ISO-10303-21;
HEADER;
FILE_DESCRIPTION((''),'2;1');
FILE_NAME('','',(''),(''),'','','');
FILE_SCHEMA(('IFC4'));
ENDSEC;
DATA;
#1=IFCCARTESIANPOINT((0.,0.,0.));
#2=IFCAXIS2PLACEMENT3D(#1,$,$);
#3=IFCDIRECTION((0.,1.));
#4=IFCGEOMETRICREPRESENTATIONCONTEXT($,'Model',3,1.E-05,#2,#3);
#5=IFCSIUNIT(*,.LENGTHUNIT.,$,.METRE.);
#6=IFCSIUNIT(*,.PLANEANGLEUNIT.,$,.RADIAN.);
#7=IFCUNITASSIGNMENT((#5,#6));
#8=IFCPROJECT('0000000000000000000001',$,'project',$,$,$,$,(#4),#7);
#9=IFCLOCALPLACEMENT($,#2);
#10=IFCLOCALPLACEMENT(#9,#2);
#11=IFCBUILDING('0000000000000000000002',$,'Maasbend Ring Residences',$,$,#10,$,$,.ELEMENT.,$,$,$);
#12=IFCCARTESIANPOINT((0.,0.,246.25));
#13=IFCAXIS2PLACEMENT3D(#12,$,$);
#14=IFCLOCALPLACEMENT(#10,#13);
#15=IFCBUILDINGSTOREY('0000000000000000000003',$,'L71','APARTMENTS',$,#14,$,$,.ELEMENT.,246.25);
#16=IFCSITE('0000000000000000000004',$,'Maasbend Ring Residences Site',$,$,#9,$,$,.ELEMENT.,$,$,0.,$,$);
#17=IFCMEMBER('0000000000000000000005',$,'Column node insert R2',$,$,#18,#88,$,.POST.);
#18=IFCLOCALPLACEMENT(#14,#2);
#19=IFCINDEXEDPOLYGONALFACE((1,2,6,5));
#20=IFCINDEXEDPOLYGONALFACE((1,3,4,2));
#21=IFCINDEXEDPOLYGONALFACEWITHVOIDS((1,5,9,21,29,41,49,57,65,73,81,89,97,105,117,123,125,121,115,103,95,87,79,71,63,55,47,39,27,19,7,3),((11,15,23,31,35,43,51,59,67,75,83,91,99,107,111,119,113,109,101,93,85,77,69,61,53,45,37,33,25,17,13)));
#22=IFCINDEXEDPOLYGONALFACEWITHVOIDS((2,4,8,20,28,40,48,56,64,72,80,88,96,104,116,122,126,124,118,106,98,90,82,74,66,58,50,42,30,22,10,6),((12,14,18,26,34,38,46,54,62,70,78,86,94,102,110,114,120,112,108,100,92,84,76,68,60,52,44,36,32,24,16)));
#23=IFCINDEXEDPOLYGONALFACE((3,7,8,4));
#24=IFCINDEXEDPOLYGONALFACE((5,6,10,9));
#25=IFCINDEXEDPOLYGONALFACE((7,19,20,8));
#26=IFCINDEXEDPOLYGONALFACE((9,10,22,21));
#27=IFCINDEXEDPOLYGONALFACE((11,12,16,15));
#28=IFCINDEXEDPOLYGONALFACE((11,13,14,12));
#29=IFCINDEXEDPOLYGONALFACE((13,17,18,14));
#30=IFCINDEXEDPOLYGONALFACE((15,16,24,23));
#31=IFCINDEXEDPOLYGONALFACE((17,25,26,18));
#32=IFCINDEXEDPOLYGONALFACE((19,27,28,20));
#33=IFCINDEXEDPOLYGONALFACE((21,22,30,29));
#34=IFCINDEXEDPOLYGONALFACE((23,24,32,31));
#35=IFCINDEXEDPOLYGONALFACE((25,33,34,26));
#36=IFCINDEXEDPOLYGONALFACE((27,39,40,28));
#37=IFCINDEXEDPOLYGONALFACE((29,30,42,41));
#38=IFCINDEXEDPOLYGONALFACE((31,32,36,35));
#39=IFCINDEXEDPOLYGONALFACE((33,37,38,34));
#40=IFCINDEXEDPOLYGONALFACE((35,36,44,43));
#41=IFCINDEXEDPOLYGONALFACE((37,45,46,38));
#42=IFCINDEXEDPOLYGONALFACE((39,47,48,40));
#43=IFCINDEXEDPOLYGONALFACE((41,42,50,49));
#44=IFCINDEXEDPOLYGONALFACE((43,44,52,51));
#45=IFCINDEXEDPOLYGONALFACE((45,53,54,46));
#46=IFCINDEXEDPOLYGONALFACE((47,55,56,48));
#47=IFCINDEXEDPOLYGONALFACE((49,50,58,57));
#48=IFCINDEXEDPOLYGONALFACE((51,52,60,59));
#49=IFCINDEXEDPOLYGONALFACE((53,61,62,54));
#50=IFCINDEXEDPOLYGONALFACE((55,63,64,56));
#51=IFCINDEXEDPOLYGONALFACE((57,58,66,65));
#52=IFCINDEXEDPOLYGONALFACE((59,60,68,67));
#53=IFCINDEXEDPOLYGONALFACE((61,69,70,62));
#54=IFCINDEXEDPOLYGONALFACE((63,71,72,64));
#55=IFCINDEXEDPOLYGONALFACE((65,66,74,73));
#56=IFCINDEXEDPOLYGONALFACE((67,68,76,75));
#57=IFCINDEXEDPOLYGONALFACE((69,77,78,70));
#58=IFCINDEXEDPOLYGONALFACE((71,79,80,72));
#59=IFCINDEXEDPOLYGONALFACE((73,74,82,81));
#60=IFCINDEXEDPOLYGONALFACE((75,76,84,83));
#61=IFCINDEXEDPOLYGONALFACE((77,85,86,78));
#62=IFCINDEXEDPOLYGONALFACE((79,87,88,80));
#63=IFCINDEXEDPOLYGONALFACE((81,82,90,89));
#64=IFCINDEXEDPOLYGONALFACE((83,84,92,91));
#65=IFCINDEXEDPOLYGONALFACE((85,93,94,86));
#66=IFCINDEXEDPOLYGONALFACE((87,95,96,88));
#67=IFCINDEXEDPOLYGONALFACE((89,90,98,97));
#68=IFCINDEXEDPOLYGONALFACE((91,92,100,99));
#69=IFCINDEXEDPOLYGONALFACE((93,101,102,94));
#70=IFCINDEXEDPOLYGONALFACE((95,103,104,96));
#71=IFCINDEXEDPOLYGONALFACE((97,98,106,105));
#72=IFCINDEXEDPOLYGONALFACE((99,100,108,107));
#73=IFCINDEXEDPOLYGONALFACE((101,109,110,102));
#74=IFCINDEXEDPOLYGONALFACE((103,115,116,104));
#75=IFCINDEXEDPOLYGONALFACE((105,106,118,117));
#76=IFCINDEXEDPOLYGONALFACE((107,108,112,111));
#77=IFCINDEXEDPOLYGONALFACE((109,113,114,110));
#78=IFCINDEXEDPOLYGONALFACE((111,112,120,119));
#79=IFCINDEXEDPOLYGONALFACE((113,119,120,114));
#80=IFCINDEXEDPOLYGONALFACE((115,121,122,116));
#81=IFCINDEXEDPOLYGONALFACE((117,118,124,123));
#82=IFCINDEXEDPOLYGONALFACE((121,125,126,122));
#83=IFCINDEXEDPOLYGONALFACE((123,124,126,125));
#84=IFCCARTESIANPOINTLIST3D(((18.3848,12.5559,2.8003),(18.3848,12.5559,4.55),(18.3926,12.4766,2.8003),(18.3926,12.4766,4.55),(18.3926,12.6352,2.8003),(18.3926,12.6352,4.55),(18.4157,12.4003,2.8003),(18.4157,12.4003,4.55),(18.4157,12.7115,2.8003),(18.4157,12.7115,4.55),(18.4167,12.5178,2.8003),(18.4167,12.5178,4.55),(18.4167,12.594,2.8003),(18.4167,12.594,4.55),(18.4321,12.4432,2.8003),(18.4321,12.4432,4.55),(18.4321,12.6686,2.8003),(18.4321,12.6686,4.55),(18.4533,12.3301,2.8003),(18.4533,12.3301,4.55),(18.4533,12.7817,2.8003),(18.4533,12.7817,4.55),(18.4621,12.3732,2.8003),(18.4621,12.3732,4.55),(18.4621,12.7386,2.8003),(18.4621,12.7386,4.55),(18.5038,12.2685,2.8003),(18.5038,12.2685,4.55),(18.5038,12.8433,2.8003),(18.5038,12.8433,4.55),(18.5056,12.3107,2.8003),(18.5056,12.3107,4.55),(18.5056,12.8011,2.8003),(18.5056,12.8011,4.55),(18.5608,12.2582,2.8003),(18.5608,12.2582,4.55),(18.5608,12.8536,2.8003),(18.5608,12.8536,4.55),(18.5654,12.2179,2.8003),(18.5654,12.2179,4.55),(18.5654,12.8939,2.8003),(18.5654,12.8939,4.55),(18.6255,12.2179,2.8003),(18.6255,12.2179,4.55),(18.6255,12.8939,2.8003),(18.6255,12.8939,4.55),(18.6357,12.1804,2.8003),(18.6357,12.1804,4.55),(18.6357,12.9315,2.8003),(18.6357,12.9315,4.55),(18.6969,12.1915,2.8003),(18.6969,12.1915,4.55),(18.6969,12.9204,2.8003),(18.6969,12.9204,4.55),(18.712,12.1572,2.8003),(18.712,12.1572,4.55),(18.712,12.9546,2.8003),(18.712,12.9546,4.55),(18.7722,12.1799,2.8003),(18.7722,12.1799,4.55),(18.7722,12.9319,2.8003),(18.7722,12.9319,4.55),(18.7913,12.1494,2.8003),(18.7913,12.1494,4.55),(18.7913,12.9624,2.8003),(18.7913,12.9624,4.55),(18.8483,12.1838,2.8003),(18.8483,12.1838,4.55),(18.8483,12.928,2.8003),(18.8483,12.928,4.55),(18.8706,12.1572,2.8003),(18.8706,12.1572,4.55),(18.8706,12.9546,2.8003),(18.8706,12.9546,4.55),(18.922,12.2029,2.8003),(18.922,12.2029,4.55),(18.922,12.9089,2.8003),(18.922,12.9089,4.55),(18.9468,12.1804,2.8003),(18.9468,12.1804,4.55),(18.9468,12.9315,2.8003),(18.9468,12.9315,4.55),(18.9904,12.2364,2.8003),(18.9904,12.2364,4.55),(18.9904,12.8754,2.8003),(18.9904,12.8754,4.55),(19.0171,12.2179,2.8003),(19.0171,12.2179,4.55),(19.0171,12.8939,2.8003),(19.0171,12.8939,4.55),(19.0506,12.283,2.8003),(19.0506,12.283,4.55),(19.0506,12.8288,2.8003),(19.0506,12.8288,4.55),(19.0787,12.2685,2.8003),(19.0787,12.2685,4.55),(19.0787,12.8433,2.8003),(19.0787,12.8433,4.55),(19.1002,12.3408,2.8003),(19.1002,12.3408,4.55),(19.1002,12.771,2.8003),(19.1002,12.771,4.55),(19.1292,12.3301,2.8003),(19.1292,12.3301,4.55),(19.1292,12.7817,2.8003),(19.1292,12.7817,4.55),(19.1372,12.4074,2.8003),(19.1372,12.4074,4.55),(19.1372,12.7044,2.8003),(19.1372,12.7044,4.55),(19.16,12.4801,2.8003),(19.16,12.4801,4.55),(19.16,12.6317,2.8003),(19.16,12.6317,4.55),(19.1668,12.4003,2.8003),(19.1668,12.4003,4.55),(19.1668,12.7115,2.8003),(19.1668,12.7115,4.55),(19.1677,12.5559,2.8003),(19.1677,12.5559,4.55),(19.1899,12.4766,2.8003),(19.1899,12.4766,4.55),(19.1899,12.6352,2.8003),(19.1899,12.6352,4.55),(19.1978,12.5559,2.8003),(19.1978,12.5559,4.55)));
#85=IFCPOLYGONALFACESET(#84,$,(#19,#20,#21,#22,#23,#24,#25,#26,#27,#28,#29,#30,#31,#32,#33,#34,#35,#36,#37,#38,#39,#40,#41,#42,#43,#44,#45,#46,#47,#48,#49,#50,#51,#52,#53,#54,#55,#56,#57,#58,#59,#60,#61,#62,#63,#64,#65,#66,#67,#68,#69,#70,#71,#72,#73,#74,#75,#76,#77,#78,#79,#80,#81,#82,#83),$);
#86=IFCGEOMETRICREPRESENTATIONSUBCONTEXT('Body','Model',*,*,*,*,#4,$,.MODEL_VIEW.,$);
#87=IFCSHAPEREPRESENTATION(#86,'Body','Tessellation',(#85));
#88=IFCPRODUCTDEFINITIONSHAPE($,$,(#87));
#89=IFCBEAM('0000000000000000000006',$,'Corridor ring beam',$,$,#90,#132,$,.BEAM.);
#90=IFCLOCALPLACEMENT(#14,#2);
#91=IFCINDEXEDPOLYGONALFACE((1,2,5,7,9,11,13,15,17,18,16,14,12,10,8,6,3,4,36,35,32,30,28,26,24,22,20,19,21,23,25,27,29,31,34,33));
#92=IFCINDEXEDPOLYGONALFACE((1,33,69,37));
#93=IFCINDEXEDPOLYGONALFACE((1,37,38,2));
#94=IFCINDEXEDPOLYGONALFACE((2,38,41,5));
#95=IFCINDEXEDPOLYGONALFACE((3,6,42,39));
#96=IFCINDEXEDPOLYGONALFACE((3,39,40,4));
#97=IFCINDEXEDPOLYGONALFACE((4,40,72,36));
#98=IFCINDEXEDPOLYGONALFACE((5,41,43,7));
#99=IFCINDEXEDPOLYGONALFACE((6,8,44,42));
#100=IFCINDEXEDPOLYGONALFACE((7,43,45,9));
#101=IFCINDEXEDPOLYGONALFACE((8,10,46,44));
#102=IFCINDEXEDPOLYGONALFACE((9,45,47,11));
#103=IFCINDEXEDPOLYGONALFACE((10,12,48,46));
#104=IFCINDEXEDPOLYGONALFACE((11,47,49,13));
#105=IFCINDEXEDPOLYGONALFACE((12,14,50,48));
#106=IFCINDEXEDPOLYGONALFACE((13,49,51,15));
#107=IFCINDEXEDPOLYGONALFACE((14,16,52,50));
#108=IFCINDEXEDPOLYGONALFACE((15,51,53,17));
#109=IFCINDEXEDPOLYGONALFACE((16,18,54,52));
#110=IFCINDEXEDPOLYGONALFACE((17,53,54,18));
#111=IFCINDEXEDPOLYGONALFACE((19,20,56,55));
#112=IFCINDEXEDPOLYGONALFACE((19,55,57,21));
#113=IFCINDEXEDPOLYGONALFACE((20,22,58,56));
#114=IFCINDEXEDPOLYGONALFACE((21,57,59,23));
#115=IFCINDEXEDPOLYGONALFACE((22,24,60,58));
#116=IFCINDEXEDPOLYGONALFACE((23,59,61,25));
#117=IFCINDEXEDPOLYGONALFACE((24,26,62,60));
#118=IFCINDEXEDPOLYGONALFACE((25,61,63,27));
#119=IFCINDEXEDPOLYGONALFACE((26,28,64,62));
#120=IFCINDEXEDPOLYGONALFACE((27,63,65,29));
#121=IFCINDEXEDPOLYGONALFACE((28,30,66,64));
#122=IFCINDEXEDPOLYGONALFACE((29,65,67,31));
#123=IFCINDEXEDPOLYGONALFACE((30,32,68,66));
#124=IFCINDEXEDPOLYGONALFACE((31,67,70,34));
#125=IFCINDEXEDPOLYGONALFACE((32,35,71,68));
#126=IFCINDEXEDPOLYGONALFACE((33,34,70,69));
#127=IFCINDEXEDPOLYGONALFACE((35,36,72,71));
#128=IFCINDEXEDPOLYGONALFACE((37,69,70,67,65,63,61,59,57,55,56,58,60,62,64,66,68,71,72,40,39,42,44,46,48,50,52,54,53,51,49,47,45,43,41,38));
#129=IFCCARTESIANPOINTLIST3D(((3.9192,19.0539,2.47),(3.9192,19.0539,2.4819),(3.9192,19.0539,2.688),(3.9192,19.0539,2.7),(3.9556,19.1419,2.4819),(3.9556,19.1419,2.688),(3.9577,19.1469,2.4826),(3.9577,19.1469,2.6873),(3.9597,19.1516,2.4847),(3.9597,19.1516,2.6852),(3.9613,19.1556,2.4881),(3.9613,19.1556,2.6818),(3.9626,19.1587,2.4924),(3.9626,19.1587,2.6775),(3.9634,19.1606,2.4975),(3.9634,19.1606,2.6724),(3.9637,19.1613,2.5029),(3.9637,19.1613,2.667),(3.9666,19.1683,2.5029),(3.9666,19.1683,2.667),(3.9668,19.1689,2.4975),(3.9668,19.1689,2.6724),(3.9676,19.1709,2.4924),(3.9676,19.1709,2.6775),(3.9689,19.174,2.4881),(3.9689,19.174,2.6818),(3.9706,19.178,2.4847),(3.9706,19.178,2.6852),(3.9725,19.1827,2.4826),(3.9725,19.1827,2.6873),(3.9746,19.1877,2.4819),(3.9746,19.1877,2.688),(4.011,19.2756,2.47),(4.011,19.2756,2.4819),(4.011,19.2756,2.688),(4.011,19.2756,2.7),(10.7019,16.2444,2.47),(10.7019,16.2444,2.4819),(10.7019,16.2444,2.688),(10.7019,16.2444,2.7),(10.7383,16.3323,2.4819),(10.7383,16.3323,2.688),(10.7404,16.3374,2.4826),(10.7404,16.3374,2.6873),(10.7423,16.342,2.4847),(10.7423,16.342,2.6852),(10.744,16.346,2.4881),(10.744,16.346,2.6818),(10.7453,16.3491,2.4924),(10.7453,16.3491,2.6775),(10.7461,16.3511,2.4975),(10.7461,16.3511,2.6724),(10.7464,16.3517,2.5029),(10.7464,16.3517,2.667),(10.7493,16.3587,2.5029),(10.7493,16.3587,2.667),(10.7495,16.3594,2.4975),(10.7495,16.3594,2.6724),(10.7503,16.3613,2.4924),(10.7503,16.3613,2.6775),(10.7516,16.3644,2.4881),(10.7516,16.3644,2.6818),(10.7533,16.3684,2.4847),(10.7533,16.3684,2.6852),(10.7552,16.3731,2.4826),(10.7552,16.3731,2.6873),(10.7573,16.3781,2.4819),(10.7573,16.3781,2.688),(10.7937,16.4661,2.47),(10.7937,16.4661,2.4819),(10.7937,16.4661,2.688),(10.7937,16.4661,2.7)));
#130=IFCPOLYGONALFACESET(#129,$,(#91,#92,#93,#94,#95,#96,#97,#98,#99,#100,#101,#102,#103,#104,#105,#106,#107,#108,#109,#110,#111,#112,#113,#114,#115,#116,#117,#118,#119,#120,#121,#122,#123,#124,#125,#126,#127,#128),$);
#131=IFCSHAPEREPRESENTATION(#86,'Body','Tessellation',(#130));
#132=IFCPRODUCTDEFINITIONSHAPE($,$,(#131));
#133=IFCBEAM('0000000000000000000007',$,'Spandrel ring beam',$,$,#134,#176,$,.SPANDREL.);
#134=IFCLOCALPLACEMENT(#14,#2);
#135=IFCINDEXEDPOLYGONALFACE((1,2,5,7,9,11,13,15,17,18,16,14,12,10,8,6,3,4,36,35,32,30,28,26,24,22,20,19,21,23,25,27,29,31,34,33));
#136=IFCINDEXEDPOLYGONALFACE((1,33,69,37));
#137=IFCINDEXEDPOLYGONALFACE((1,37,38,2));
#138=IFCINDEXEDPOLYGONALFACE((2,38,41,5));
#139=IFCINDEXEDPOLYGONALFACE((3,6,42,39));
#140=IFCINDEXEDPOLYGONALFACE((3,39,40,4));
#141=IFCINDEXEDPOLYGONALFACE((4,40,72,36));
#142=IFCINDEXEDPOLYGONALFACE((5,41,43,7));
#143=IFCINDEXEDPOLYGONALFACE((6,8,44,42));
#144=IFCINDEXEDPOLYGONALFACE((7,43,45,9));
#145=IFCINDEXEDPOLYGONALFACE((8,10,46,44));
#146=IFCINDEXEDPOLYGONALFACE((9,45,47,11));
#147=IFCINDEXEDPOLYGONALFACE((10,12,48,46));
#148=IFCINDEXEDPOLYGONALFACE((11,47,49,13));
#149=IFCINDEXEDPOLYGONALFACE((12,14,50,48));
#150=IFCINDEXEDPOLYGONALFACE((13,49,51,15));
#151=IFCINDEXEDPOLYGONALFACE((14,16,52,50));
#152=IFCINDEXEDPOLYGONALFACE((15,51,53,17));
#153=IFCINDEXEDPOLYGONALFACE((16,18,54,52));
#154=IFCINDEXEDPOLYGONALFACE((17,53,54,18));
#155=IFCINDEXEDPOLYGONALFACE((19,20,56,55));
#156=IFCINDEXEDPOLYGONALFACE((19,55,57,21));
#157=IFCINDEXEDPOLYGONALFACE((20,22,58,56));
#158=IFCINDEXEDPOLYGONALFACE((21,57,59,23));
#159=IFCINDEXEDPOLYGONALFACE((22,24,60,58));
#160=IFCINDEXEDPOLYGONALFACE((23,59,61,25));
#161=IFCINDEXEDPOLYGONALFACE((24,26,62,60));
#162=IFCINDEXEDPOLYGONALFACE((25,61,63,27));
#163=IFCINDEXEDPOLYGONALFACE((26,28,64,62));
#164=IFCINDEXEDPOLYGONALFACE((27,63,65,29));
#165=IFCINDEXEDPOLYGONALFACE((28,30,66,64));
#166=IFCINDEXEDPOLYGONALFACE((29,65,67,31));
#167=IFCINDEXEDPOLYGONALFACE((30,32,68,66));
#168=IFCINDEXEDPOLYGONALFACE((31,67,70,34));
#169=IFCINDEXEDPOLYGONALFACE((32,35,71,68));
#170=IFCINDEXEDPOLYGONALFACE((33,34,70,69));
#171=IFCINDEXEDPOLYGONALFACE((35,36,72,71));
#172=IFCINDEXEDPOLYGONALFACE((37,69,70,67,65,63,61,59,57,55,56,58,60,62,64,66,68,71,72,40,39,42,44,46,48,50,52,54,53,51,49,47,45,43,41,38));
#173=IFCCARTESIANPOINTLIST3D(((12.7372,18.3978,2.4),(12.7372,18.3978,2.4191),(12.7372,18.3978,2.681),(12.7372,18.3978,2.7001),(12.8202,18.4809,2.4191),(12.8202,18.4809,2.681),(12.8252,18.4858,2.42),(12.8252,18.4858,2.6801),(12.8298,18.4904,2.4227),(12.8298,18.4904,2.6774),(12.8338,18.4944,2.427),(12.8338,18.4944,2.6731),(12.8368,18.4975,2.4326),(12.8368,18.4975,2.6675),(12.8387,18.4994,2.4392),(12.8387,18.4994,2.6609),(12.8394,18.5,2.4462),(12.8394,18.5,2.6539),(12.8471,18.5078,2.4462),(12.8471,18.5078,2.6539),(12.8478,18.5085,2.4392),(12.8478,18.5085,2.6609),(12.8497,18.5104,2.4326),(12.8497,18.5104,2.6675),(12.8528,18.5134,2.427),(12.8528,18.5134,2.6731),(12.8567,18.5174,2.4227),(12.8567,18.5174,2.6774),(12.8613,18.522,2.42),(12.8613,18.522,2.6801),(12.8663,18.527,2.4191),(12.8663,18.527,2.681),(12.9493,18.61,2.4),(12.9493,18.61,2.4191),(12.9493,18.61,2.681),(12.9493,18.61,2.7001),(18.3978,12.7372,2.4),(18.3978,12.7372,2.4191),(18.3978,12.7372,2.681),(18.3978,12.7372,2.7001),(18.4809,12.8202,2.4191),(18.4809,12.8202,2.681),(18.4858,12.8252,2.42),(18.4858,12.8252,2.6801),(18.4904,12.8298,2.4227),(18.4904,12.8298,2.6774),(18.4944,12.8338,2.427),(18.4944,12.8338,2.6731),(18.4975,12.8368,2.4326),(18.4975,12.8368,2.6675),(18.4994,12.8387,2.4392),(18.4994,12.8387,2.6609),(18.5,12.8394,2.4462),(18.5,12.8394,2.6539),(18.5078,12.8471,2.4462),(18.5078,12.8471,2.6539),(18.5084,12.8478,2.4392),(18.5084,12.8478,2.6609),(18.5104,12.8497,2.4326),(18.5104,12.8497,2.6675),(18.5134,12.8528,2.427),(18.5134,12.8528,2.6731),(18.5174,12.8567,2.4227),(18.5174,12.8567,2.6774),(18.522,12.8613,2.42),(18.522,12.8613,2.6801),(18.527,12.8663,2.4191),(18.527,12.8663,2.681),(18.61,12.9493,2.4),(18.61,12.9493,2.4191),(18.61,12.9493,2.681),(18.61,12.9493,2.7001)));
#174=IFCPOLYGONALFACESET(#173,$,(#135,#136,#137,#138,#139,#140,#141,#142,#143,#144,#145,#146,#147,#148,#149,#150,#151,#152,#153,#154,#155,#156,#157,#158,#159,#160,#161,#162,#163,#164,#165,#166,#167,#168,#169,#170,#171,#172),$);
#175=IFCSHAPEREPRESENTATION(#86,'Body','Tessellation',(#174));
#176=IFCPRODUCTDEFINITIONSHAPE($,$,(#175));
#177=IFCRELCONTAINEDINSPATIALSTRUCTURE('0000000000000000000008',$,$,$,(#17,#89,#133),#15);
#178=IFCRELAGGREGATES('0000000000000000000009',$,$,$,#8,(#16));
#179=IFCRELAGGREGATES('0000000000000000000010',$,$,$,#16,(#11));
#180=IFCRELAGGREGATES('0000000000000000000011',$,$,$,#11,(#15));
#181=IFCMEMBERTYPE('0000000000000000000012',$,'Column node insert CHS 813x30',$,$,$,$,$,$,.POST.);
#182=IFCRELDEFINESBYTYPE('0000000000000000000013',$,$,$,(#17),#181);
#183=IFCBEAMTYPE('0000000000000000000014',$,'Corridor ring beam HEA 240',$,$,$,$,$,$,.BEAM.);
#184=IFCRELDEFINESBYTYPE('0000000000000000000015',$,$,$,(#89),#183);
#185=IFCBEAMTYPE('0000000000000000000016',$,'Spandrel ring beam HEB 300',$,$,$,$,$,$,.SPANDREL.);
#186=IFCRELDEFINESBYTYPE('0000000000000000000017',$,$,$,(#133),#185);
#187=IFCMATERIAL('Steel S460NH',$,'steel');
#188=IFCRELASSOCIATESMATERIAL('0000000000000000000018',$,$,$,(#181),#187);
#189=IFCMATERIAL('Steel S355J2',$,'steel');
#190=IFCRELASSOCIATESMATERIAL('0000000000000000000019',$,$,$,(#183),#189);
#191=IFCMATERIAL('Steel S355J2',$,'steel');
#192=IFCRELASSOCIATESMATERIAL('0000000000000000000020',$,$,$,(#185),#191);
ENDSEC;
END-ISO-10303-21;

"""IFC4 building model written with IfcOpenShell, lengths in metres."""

from ifc_helpers import new_model, si_unit, direction, frame, origin, origin_2d, place, context, subcontext, project, spatial, hollow_circle, i_section, extrude, material, material_profile, profile_set, type_object, element, save


model = new_model("IFC4")

# Units and contexts
model_context = context("Model", 3, precision=1e-05, world=origin(), true_north=direction((0.0, 1.0)))
body_context = subcontext(model_context, "Body", "Model", "MODEL_VIEW")
ifc_project = project(units=[si_unit("LENGTHUNIT", "METRE"), si_unit("PLANEANGLEUNIT", "RADIAN")], contexts=[model_context])

# Site, building, storey
site_placement = place(None, origin())
site = spatial("IfcSite", under=ifc_project, at=site_placement, Name="Maasbend Ring Residences Site", CompositionType="ELEMENT", RefElevation=0.0)
building_placement = place(site_placement, origin())
building = spatial("IfcBuilding", under=site, at=building_placement, Name="Maasbend Ring Residences", CompositionType="ELEMENT")
storey_placement = place(building_placement, frame((0.0, 0.0, 246.25)))
storey = spatial("IfcBuildingStorey", under=building, at=storey_placement, Name="L71", Description="APARTMENTS", CompositionType="ELEMENT", Elevation=246.25)

# Member
ifc_material_1 = material(Name="Steel S460NH", Category="steel")
ifc_material_profile_1 = material_profile(ifc_material_1, hollow_circle(Radius=0.4065, WallThickness=0.03, at=origin_2d()), Name="Column node insert CHS 813x30")
ifc_profile_set_1 = profile_set([ifc_material_profile_1], Name="Steel S460NH")
member_type = type_object("IfcMemberType", Name="Column node insert CHS 813x30", PredefinedType="POST", material=ifc_profile_set_1)
member_placement = place(storey_placement, frame((18.7913, 12.5559, 2.8003), z_axis=(0.0, 0.0, 1.0), x_axis=(1.0, 0.0, 0.0)))
element("IfcMember", 1, at=member_placement, inside=storey, type_object=member_type, Name="Column node insert R2", PredefinedType="POST", context=body_context, shape_type="SweptSolid", body=[
    extrude(hollow_circle(Radius=0.4065, WallThickness=0.03, at=origin_2d()), origin(), (0.0, 0.0, 1.0), 1.7498),
])

# Beams
ifc_material_2 = material(Name="Steel S355J2", Category="steel")
ifc_material_profile_2 = material_profile(ifc_material_2, i_section(OverallWidth=0.24, OverallDepth=0.23, WebThickness=0.0076, FlangeThickness=0.012, FilletRadius=0.021, at=origin_2d()), Name="HEA 240")
ifc_profile_set_2 = profile_set([ifc_material_profile_2], Name="Steel S355J2")
beam_type_1 = type_object("IfcBeamType", Name="Corridor ring beam HEA 240", PredefinedType="BEAM", material=ifc_profile_set_2)
beam_1_placement = place(storey_placement, frame((10.7478, 16.3552, 2.585), z_axis=(-0.923876, 0.382692, 0.0), x_axis=(-0.382692, -0.923876, 0.0)))
element("IfcBeam", 2, at=beam_1_placement, inside=storey, type_object=beam_type_1, Name="Corridor ring beam", PredefinedType="BEAM", context=body_context, shape_type="SweptSolid", body=[
    extrude(i_section(OverallWidth=0.24, OverallDepth=0.23, WebThickness=0.0076, FlangeThickness=0.012, FilletRadius=0.021, at=origin_2d()), origin(), (0.0, 0.0, 1.0), 7.3416),
])
ifc_material_3 = material(Name="Steel S355J2", Category="steel")
ifc_material_profile_3 = material_profile(ifc_material_3, i_section(OverallWidth=0.3, OverallDepth=0.3, WebThickness=0.011, FlangeThickness=0.019, FilletRadius=0.0271, at=origin_2d()), Name="HEB 300")
ifc_profile_set_3 = profile_set([ifc_material_profile_3], Name="Steel S355J2")
beam_type_2 = type_object("IfcBeamType", Name="Spandrel ring beam HEB 300", PredefinedType="SPANDREL", material=ifc_profile_set_3)
beam_2_placement = place(storey_placement, frame((18.5039, 12.8433, 2.55), z_axis=(-0.707107, 0.707107, 0.0), x_axis=(-0.707107, -0.707107, 0.0)))
element("IfcBeam", 3, at=beam_2_placement, inside=storey, type_object=beam_type_2, Name="Spandrel ring beam", PredefinedType="SPANDREL", context=body_context, shape_type="SweptSolid", body=[
    extrude(i_section(OverallWidth=0.3, OverallDepth=0.3, WebThickness=0.011, FlangeThickness=0.019, FilletRadius=0.0271, at=origin_2d()), origin(), (0.0, 0.0, 1.0), 8.0054),
])

save(model, "model.ifc")
